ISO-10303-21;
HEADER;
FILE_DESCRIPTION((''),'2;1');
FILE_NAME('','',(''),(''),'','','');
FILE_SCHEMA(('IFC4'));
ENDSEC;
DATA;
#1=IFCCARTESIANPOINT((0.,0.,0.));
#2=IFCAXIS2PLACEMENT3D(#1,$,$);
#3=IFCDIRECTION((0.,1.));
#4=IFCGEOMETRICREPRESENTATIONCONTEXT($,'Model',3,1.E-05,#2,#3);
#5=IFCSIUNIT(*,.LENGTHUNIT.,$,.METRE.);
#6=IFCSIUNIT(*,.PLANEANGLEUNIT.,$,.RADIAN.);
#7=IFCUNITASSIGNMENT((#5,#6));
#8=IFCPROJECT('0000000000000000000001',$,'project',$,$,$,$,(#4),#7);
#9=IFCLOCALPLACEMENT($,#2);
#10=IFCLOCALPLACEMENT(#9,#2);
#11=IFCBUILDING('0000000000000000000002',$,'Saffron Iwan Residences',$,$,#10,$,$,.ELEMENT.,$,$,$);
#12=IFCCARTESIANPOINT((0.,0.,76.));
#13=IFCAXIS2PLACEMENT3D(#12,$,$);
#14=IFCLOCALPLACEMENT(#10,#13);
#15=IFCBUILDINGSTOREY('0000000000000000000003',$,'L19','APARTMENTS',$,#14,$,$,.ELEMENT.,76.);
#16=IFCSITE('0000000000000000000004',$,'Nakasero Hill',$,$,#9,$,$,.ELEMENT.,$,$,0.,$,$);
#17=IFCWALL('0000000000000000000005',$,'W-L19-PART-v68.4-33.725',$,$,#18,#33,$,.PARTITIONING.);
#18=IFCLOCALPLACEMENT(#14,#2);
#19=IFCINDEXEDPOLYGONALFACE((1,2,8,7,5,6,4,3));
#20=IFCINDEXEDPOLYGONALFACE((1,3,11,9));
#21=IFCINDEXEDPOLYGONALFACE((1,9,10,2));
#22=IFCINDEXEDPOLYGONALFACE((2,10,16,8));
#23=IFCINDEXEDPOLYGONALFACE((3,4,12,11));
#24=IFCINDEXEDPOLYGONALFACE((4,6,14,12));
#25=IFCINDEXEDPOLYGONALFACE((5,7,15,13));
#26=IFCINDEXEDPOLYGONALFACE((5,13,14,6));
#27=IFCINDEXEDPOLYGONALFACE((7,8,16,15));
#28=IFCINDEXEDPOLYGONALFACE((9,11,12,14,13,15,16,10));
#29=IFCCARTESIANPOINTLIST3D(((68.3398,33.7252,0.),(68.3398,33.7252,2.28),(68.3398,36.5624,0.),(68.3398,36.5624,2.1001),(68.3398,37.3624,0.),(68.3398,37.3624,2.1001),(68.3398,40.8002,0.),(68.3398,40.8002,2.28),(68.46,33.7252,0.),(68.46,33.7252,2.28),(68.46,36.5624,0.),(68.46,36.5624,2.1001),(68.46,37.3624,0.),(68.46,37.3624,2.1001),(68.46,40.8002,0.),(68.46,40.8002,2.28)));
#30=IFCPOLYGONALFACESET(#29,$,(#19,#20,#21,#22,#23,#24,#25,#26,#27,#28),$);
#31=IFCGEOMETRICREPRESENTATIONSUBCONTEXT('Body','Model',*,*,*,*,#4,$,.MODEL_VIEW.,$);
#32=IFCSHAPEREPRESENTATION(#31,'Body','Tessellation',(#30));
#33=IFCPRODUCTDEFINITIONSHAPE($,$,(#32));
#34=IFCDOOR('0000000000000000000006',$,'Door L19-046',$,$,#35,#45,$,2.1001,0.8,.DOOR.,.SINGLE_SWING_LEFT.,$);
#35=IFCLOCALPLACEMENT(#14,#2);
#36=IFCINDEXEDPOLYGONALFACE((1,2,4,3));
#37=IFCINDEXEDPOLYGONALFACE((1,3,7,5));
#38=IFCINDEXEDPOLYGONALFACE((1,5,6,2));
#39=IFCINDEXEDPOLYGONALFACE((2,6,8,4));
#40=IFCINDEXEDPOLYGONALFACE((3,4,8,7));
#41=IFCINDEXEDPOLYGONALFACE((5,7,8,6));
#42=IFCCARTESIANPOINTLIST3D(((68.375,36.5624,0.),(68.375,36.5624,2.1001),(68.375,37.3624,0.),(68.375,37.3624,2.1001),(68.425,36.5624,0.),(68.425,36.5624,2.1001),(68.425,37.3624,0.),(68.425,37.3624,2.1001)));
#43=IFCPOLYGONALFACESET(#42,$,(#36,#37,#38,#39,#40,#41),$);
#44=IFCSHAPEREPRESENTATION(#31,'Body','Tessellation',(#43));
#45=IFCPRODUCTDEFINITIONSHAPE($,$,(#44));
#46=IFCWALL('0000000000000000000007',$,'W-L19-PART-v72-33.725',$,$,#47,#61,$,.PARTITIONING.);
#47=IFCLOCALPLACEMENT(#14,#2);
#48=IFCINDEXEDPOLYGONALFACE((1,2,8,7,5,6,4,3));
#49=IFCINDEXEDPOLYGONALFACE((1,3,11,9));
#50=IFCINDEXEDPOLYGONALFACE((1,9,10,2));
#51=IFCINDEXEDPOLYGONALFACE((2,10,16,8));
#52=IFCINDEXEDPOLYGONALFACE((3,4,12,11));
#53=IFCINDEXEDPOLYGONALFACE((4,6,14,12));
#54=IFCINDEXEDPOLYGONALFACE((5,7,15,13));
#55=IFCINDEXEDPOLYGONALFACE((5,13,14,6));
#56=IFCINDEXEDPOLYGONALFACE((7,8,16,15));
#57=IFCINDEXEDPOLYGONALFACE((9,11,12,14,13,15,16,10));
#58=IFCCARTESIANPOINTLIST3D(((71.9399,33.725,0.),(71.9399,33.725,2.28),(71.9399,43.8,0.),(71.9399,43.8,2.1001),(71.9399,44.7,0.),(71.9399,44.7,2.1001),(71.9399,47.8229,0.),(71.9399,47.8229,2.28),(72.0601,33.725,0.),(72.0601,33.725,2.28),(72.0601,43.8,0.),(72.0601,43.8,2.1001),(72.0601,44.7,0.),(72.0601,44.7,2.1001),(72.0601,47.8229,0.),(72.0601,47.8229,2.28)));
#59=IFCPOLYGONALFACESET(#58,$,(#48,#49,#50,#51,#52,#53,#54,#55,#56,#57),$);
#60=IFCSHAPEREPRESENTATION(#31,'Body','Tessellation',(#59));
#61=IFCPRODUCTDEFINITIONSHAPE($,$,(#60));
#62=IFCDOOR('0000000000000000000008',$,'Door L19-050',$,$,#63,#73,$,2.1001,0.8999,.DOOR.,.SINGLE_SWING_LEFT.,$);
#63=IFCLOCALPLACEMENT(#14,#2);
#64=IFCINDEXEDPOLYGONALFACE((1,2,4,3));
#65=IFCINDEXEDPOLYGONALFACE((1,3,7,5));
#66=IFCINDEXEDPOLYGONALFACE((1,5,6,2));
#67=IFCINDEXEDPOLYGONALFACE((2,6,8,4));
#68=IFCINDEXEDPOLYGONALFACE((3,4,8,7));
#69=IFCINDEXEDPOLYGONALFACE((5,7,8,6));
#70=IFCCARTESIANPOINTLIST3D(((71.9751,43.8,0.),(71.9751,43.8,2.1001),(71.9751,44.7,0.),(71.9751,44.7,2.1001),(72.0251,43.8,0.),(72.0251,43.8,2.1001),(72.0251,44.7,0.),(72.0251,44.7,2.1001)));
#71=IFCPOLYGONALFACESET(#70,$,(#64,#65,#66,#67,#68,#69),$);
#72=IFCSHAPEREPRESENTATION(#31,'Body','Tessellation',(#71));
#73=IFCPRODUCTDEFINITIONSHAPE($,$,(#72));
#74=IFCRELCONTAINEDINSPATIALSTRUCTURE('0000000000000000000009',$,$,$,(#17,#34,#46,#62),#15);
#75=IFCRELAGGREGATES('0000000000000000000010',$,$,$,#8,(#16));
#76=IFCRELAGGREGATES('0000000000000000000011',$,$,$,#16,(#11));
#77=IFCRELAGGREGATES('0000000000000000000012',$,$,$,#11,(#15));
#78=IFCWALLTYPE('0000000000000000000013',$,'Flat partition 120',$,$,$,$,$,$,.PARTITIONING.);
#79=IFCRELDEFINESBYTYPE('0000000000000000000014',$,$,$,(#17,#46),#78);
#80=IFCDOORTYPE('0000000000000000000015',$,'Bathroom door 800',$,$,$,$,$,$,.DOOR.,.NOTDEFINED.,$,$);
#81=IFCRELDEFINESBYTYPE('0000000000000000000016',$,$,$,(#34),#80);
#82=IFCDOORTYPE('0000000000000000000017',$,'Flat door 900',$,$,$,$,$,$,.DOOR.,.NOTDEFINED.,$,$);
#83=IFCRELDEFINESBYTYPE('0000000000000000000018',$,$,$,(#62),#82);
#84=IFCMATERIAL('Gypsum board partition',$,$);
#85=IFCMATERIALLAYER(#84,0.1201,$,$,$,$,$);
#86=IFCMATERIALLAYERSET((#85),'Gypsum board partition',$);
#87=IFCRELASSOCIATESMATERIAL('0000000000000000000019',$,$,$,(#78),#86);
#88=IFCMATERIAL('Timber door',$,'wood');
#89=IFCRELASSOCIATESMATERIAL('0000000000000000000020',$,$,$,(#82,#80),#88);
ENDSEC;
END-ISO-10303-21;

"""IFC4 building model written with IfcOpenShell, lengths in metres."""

from ifc_helpers import new_model, si_unit, direction, frame, frame_2d, origin, place, context, subcontext, project, spatial, rectangle, extrude, material, layer, layer_set, type_object, element, fill, save


model = new_model("IFC4")

# Units and contexts
model_context = context("Model", 3, precision=1e-05, world=origin(), true_north=direction((0.0, 1.0)))
body_context = subcontext(model_context, "Body", "Model", "MODEL_VIEW")
ifc_project = project(units=[si_unit("LENGTHUNIT", "METRE"), si_unit("PLANEANGLEUNIT", "RADIAN")], contexts=[model_context])

# Site, building, storey
site_placement = place(None, origin())
site = spatial("IfcSite", under=ifc_project, at=site_placement, Name="Nakasero Hill", CompositionType="ELEMENT", RefElevation=0.0)
building_placement = place(site_placement, origin())
building = spatial("IfcBuilding", under=site, at=building_placement, Name="Saffron Iwan Residences", CompositionType="ELEMENT")
storey_placement = place(building_placement, frame((0.0, 0.0, 76.0)))
storey = spatial("IfcBuildingStorey", under=building, at=storey_placement, Name="L19", Description="APARTMENTS", CompositionType="ELEMENT", Elevation=76.0)

# Walls, openings, doors
ifc_material_1 = material(Name="Gypsum board partition")
ifc_layer_1 = layer(ifc_material_1, 0.1201)
ifc_layer_set_1 = layer_set([ifc_layer_1], Name="Gypsum board partition")
wall_type_1 = type_object("IfcWallType", Name="Flat partition 120", PredefinedType="PARTITIONING", material=ifc_layer_set_1)
ifc_material_2 = material(Name="Timber door", Category="wood")
door_type_1 = type_object("IfcDoorType", Name="Flat door 900", OperationType="NOTDEFINED", PredefinedType="DOOR", material=ifc_material_2)
wall_1_placement = place(storey_placement, frame((68.3999, 33.7251, 0.0), z_axis=(0.0, 0.0, 1.0), x_axis=(0.0, 1.0, 0.0)))
wall_1 = element("IfcWall", 1, at=wall_1_placement, inside=storey, type_object=wall_type_1, Name="W-L19-PART-v68.4-33.725", PredefinedType="PARTITIONING", context=body_context, shape_type="SweptSolid", body=[
    extrude(rectangle(XDim=7.075, YDim=0.1201, at=frame_2d((3.5376, 0.0))), origin(), (0.0, 0.0, 1.0), 2.28),
])
opening_1_placement = place(wall_1_placement, frame((2.8374, 0.0, 0.0)))
opening_1 = element("IfcOpeningElement", 2, at=opening_1_placement, cuts=wall_1, PredefinedType="OPENING", context=body_context, shape_type="SweptSolid", body=[
    extrude(rectangle(XDim=0.8, YDim=2.1001, at=frame_2d((0.3999, 1.05))), frame((0.0, 0.0701, 0.0), z_axis=(0.0, -1.0, 0.0), x_axis=(1.0, 0.0, 0.0)), (0.0, 0.0, 1.0), 0.1401),
])
door_type_2 = type_object("IfcDoorType", Name="Bathroom door 800", OperationType="NOTDEFINED", PredefinedType="DOOR", material=ifc_material_2)
door_1_placement = place(opening_1_placement, origin())
door_1 = element("IfcDoor", 3, at=door_1_placement, inside=storey, type_object=door_type_2, Name="Door L19-046", OperationType="SINGLE_SWING_LEFT", OverallHeight=2.1001, OverallWidth=0.8, PredefinedType="DOOR", context=body_context, shape_type="SweptSolid", body=[
    extrude(rectangle(XDim=0.8, YDim=2.1001, at=frame_2d((0.3999, 1.05))), frame((0.0, 0.0249, 0.0), z_axis=(0.0, -1.0, 0.0), x_axis=(1.0, 0.0, 0.0)), (0.0, 0.0, 1.0), 0.05),
])
fill(opening_1, door_1)
wall_2_placement = place(storey_placement, frame((72.0, 33.7251, 0.0), z_axis=(0.0, 0.0, 1.0), x_axis=(0.0, 1.0, 0.0)))
wall_2 = element("IfcWall", 4, at=wall_2_placement, inside=storey, type_object=wall_type_1, Name="W-L19-PART-v72-33.725", PredefinedType="PARTITIONING", context=body_context, shape_type="SweptSolid", body=[
    extrude(rectangle(XDim=14.0979, YDim=0.1201, at=frame_2d((7.0488, 0.0))), origin(), (0.0, 0.0, 1.0), 2.28),
])
opening_2_placement = place(wall_2_placement, frame((10.075, 0.0, 0.0)))
opening_2 = element("IfcOpeningElement", 5, at=opening_2_placement, cuts=wall_2, PredefinedType="OPENING", context=body_context, shape_type="SweptSolid", body=[
    extrude(rectangle(XDim=0.8999, YDim=2.1001, at=frame_2d((0.45, 1.05))), frame((0.0, 0.0701, 0.0), z_axis=(0.0, -1.0, 0.0), x_axis=(1.0, 0.0, 0.0)), (0.0, 0.0, 1.0), 0.1401),
])
door_2_placement = place(opening_2_placement, origin())
door_2 = element("IfcDoor", 6, at=door_2_placement, inside=storey, type_object=door_type_1, Name="Door L19-050", OperationType="SINGLE_SWING_LEFT", OverallHeight=2.1001, OverallWidth=0.8999, PredefinedType="DOOR", context=body_context, shape_type="SweptSolid", body=[
    extrude(rectangle(XDim=0.8999, YDim=2.1001, at=frame_2d((0.45, 1.05))), frame((0.0, 0.0249, 0.0), z_axis=(0.0, -1.0, 0.0), x_axis=(1.0, 0.0, 0.0)), (0.0, 0.0, 1.0), 0.05),
])
fill(opening_2, door_2)

save(model, "model.ifc")
